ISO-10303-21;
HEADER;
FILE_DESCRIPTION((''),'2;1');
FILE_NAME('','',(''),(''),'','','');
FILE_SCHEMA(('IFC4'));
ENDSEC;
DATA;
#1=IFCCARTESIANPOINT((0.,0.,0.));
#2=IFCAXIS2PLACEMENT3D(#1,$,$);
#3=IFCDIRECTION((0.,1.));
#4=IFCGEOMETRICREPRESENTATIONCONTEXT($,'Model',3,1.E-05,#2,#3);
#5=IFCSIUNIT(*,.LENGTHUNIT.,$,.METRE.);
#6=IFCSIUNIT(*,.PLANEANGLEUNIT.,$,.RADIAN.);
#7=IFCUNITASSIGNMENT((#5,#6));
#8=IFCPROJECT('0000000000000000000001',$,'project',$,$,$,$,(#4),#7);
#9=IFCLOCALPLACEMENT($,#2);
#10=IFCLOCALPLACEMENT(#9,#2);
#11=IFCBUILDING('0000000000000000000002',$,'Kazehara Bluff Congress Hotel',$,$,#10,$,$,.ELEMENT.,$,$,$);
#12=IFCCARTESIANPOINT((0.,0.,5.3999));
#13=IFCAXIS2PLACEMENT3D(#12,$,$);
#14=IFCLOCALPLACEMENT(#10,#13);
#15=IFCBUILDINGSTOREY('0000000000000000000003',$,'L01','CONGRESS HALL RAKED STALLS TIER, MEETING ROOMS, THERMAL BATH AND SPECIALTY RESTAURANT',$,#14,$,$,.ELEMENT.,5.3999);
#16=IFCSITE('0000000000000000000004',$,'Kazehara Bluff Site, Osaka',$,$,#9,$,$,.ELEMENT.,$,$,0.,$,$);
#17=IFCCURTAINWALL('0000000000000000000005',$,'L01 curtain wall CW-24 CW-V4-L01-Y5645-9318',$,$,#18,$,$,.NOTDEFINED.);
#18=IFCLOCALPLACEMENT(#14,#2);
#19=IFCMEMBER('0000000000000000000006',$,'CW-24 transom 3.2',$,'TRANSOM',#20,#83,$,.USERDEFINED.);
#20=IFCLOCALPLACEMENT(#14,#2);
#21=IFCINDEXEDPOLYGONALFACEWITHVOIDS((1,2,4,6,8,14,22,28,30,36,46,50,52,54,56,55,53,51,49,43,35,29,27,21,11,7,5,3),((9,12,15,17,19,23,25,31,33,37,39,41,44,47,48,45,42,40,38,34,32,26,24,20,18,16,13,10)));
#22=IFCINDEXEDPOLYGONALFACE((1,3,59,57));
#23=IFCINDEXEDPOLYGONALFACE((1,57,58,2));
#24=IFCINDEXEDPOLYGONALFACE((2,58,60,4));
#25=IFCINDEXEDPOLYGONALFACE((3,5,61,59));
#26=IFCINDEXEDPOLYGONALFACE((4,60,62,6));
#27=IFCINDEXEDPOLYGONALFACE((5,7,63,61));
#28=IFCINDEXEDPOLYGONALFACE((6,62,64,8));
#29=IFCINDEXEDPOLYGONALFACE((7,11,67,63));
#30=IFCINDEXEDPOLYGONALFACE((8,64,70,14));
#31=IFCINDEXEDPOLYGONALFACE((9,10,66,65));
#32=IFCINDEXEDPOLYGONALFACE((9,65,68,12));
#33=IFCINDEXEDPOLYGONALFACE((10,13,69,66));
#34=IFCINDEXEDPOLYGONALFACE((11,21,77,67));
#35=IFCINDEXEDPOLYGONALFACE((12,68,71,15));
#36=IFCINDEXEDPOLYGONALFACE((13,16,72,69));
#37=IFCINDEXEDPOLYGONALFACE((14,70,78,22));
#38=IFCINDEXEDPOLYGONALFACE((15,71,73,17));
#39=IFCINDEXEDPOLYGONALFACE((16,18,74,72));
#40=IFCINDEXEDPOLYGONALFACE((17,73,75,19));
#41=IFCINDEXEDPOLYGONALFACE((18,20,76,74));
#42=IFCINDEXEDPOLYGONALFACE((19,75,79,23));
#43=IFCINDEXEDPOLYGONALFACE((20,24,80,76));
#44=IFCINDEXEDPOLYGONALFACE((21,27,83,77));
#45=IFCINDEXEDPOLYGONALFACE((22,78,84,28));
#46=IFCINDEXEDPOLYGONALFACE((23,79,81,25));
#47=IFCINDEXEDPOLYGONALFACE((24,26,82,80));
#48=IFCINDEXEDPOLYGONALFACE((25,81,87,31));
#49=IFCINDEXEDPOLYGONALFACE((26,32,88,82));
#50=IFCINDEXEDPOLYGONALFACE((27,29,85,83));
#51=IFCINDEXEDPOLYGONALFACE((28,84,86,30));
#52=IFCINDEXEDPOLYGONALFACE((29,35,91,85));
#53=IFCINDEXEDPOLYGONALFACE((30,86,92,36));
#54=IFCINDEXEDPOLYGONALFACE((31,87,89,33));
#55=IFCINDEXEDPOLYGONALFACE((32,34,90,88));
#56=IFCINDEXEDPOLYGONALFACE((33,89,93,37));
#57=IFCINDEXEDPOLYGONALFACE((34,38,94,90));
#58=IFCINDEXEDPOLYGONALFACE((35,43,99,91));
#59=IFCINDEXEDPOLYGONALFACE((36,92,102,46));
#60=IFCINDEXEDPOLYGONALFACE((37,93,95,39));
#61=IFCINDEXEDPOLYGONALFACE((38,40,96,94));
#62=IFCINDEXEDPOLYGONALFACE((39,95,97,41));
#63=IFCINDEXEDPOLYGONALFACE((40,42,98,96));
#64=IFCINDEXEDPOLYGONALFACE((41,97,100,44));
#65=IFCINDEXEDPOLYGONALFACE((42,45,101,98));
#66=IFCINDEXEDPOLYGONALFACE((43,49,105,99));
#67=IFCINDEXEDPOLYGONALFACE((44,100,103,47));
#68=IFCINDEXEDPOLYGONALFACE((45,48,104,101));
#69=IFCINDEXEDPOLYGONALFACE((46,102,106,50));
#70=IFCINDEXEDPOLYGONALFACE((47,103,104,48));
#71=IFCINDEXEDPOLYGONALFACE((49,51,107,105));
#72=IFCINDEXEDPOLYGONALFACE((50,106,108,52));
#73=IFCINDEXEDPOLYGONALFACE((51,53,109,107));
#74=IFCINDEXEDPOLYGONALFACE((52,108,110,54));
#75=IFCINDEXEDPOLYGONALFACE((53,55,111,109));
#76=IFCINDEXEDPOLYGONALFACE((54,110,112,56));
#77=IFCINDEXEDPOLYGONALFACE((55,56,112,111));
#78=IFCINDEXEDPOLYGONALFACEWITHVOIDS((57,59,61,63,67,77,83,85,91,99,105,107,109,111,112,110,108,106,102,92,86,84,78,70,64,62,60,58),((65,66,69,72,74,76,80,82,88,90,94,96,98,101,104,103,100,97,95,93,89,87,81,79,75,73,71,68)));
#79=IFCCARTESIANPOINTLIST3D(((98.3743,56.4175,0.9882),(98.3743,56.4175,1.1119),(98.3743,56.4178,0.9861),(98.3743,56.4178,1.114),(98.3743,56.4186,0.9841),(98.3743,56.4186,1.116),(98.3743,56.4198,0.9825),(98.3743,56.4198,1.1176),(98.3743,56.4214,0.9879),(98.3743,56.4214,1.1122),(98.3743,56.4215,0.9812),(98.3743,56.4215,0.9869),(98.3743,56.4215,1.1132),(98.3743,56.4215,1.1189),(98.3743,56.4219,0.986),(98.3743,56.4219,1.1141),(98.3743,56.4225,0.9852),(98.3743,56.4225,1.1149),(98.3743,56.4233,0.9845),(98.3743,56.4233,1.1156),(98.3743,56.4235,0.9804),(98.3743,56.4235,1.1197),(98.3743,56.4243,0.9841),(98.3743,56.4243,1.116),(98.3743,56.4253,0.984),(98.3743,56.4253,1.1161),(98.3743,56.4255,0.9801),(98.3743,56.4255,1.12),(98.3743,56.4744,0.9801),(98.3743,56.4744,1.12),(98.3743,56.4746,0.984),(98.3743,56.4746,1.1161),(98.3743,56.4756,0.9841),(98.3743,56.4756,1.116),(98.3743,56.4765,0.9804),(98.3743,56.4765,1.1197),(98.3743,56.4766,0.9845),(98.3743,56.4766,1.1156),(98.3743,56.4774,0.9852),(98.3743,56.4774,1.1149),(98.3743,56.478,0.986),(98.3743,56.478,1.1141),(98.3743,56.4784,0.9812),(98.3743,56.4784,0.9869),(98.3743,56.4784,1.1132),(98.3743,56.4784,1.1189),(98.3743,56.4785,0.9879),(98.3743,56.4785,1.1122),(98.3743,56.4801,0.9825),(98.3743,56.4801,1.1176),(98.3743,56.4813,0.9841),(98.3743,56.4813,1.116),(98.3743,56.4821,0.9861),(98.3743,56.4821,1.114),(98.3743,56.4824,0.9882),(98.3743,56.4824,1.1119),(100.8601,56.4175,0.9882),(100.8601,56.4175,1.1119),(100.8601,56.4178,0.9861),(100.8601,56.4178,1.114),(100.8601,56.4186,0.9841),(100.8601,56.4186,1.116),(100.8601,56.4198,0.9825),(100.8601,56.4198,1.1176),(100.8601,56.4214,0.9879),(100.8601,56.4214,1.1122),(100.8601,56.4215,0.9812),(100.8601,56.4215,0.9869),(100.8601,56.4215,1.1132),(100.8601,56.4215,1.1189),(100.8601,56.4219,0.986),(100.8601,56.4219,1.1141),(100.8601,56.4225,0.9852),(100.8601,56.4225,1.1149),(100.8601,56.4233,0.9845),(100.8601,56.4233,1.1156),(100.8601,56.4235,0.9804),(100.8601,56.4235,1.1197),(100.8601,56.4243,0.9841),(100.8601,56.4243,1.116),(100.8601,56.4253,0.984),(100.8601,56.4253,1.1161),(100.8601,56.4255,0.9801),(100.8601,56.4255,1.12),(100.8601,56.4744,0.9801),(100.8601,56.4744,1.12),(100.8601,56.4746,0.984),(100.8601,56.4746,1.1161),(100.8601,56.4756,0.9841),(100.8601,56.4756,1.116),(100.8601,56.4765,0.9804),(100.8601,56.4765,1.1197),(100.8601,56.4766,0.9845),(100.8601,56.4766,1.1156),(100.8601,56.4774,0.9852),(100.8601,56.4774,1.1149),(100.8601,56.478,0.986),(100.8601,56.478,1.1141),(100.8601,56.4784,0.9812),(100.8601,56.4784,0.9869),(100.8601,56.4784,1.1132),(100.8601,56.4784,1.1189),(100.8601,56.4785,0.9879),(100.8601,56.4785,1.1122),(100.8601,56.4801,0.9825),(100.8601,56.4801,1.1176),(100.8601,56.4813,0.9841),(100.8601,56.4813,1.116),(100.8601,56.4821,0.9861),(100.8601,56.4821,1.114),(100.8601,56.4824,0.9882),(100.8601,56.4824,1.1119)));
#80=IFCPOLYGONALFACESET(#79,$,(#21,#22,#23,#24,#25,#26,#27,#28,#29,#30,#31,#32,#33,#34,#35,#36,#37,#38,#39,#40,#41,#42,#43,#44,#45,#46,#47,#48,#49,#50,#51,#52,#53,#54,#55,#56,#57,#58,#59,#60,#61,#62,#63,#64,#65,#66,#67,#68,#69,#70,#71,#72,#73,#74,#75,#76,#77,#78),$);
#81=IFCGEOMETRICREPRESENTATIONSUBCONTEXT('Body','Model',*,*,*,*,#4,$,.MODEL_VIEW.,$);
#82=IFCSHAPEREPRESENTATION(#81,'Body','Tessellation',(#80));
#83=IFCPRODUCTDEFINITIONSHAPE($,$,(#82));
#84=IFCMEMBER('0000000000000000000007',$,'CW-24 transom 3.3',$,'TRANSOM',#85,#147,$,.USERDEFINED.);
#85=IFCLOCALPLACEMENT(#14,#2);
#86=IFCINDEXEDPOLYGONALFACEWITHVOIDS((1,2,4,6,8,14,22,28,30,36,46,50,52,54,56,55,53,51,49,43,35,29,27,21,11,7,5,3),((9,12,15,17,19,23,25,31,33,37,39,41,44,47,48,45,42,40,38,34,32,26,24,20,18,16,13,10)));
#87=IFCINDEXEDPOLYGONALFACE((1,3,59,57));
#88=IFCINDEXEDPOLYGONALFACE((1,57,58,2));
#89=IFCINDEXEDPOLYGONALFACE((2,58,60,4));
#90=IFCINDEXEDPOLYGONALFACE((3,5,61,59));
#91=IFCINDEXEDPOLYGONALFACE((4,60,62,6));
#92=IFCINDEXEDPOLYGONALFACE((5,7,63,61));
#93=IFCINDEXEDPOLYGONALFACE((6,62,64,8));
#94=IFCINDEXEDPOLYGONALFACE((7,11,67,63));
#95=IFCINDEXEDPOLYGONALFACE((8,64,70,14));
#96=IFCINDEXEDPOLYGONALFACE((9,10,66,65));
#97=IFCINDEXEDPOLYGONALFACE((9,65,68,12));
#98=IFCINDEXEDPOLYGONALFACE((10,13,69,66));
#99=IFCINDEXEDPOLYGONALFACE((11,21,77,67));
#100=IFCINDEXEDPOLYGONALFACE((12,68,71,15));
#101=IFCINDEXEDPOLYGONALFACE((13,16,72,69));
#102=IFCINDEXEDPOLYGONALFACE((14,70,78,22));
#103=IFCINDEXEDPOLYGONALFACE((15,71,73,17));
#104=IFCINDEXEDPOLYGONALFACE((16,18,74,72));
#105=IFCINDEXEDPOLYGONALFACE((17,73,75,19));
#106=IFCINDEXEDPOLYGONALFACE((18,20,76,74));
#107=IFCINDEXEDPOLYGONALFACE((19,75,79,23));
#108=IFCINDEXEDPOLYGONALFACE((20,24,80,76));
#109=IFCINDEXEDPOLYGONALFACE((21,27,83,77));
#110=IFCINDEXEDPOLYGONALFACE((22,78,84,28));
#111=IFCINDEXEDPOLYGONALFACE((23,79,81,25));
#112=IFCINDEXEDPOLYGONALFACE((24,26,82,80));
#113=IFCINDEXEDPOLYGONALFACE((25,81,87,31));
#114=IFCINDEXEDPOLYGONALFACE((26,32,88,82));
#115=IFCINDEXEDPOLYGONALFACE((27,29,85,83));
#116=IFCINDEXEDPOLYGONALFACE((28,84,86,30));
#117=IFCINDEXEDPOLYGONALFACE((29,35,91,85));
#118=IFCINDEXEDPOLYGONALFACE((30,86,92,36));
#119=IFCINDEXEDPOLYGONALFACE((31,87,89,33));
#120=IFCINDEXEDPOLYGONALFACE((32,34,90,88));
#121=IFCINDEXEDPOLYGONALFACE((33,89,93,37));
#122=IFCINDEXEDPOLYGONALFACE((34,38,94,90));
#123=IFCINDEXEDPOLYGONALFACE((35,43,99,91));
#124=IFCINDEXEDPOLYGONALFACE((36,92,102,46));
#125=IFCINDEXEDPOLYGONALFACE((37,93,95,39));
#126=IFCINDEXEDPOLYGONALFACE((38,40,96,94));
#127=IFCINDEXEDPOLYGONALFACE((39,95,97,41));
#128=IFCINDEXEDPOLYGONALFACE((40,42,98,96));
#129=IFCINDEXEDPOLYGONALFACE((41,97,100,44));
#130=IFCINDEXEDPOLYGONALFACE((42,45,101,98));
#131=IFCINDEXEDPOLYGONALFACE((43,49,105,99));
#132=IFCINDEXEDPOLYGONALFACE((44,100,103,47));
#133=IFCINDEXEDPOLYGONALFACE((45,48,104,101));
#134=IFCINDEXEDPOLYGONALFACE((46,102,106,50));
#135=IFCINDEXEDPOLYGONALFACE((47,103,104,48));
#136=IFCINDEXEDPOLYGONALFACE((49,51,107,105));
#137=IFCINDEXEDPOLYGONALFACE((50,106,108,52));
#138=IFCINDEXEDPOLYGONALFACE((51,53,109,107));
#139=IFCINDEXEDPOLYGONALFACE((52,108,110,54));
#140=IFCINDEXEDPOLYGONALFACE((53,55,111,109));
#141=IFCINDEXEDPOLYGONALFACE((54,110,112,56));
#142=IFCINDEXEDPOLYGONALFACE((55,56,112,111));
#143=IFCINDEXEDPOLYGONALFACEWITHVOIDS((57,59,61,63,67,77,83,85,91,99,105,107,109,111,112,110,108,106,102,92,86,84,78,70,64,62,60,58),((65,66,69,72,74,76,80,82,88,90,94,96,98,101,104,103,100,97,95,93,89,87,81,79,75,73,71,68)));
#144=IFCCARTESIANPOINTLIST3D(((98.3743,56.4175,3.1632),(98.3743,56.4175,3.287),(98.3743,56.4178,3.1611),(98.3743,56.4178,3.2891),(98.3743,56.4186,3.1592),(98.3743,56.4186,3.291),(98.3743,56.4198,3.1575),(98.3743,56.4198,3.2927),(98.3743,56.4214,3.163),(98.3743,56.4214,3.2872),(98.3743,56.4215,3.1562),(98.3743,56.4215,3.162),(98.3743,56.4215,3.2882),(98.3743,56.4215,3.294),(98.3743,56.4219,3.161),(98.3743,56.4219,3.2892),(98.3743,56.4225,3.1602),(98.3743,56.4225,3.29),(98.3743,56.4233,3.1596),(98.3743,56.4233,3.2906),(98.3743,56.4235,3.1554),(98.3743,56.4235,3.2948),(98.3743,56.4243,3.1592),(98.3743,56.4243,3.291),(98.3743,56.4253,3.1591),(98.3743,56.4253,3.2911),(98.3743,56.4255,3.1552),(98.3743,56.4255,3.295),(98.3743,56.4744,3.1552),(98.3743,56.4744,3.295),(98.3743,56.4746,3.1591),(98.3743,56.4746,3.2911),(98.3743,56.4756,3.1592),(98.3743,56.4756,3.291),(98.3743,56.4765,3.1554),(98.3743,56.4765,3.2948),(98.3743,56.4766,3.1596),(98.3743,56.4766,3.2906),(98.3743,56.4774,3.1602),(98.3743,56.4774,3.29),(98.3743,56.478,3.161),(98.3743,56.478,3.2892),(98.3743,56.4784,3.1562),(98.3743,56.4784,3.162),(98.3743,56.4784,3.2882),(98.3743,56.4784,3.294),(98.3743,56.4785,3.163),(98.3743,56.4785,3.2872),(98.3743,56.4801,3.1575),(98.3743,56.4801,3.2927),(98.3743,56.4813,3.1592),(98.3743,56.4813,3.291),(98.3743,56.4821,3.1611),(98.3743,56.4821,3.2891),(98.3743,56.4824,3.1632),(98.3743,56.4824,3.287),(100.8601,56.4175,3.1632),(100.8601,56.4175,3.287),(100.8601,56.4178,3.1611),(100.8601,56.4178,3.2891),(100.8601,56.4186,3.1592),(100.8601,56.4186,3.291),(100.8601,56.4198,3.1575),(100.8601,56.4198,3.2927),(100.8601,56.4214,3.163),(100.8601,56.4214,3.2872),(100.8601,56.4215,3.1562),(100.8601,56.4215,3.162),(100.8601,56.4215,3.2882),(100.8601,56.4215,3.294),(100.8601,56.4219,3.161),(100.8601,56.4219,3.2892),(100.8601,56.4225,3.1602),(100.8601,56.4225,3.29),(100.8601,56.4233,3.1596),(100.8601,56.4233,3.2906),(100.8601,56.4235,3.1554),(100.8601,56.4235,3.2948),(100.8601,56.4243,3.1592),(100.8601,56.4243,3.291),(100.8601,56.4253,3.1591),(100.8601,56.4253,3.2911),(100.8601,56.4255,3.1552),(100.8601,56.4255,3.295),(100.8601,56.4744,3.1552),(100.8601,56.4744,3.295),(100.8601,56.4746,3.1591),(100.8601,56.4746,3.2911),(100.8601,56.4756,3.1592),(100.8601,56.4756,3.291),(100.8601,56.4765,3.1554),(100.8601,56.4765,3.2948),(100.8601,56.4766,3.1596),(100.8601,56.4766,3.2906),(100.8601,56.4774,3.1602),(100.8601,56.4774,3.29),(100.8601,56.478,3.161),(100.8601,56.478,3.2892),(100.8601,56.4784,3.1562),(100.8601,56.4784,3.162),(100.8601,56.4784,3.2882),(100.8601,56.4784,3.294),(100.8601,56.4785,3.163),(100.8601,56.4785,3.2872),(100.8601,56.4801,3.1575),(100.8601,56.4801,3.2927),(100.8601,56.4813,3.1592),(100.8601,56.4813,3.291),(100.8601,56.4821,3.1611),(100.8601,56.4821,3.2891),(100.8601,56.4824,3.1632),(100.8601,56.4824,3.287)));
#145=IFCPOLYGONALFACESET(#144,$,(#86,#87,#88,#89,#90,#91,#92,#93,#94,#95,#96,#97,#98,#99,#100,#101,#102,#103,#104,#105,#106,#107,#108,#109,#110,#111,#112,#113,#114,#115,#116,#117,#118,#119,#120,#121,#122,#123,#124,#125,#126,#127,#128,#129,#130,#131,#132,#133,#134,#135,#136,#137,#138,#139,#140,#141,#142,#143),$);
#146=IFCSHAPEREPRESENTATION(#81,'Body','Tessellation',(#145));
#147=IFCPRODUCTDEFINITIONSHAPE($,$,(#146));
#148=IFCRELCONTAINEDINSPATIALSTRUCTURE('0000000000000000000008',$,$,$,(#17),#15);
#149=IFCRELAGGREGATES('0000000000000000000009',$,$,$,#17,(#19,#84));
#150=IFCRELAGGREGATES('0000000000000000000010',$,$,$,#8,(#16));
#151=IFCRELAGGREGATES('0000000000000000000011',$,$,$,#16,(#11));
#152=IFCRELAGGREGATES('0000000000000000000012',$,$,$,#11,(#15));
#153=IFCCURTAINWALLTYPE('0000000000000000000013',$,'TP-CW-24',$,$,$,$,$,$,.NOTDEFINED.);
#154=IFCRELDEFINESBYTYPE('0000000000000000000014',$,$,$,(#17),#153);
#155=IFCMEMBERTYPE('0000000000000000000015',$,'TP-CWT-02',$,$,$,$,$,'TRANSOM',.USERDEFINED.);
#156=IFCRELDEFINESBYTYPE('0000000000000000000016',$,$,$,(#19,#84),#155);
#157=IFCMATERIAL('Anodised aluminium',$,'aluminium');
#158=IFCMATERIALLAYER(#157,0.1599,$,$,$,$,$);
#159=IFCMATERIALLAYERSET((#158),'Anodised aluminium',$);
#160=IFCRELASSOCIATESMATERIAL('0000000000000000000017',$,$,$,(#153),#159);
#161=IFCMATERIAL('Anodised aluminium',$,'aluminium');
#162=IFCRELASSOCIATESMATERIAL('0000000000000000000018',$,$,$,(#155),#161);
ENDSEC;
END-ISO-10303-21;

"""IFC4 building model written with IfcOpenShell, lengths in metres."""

from ifc_helpers import new_model, si_unit, direction, frame, origin, origin_2d, place, context, subcontext, project, spatial, hollow_rectangle, extrude, material, layer, layer_set, material_profile, profile_set, type_object, element, aggregate, save


model = new_model("IFC4")

# Units and contexts
model_context = context("Model", 3, precision=1e-05, world=origin(), true_north=direction((0.0, 1.0)))
body_context = subcontext(model_context, "Body", "Model", "MODEL_VIEW")
ifc_project = project(units=[si_unit("LENGTHUNIT", "METRE"), si_unit("PLANEANGLEUNIT", "RADIAN")], contexts=[model_context])

# Site, building, storey
site_placement = place(None, origin())
site = spatial("IfcSite", under=ifc_project, at=site_placement, Name="Kazehara Bluff Site, Osaka", CompositionType="ELEMENT", RefElevation=0.0)
building_placement = place(site_placement, origin())
building = spatial("IfcBuilding", under=site, at=building_placement, Name="Kazehara Bluff Congress Hotel", CompositionType="ELEMENT")
storey_placement = place(building_placement, frame((0.0, 0.0, 5.3999)))
storey = spatial("IfcBuildingStorey", under=building, at=storey_placement, Name="L01", Description="CONGRESS HALL RAKED STALLS TIER, MEETING ROOMS, THERMAL BATH AND SPECIALTY RESTAURANT", CompositionType="ELEMENT", Elevation=5.3999)

# Curtain wall, members
ifc_material_1 = material(Name="Anodised aluminium", Category="aluminium")
ifc_layer_1 = layer(ifc_material_1, 0.1599)
ifc_layer_set_1 = layer_set([ifc_layer_1], Name="Anodised aluminium")
curtain_wall_type_1 = type_object("IfcCurtainWallType", Name="TP-CW-24", PredefinedType="NOTDEFINED", material=ifc_layer_set_1)
curtain_wall_1_placement = place(storey_placement, origin())
curtain_wall_1 = element("IfcCurtainWall", 1, at=curtain_wall_1_placement, inside=storey, type_object=curtain_wall_type_1, Name="L01 curtain wall CW-24 CW-V4-L01-Y5645-9318", PredefinedType="NOTDEFINED")
ifc_material_2 = material(Name="Anodised aluminium", Category="aluminium")
ifc_material_profile_1 = material_profile(ifc_material_2, hollow_rectangle(XDim=0.0649, YDim=0.1399, WallThickness=0.0039, InnerFilletRadius=0.0039, OuterFilletRadius=0.0081, at=origin_2d()))
ifc_profile_set_1 = profile_set([ifc_material_profile_1], Name="Anodised aluminium")
member_type_1 = type_object("IfcMemberType", Name="TP-CWT-02", ElementType="TRANSOM", PredefinedType="USERDEFINED", material=ifc_profile_set_1)
member_1_placement = place(storey_placement, frame((98.3743, 56.45, 1.05), z_axis=(1.0, 0.0, 0.0), x_axis=(0.0, 1.0, 0.0)))
member_1 = element("IfcMember", 2, at=member_1_placement, type_object=member_type_1, Name="CW-24 transom 3.2", ObjectType="TRANSOM", PredefinedType="USERDEFINED", context=body_context, shape_type="SweptSolid", body=[
    extrude(hollow_rectangle(XDim=0.0649, YDim=0.1399, WallThickness=0.0039, InnerFilletRadius=0.0039, OuterFilletRadius=0.0081, at=origin_2d()), origin(), (0.0, 0.0, 1.0), 2.4858),
])
member_2_placement = place(storey_placement, frame((98.3743, 56.45, 3.2251), z_axis=(1.0, 0.0, 0.0), x_axis=(0.0, 1.0, 0.0)))
member_2 = element("IfcMember", 3, at=member_2_placement, type_object=member_type_1, Name="CW-24 transom 3.3", ObjectType="TRANSOM", PredefinedType="USERDEFINED", context=body_context, shape_type="SweptSolid", body=[
    extrude(hollow_rectangle(XDim=0.0649, YDim=0.1399, WallThickness=0.0039, InnerFilletRadius=0.0039, OuterFilletRadius=0.0081, at=origin_2d()), origin(), (0.0, 0.0, 1.0), 2.4858),
])

aggregate(curtain_wall_1, [member_1, member_2])

save(model, "model.ifc")
